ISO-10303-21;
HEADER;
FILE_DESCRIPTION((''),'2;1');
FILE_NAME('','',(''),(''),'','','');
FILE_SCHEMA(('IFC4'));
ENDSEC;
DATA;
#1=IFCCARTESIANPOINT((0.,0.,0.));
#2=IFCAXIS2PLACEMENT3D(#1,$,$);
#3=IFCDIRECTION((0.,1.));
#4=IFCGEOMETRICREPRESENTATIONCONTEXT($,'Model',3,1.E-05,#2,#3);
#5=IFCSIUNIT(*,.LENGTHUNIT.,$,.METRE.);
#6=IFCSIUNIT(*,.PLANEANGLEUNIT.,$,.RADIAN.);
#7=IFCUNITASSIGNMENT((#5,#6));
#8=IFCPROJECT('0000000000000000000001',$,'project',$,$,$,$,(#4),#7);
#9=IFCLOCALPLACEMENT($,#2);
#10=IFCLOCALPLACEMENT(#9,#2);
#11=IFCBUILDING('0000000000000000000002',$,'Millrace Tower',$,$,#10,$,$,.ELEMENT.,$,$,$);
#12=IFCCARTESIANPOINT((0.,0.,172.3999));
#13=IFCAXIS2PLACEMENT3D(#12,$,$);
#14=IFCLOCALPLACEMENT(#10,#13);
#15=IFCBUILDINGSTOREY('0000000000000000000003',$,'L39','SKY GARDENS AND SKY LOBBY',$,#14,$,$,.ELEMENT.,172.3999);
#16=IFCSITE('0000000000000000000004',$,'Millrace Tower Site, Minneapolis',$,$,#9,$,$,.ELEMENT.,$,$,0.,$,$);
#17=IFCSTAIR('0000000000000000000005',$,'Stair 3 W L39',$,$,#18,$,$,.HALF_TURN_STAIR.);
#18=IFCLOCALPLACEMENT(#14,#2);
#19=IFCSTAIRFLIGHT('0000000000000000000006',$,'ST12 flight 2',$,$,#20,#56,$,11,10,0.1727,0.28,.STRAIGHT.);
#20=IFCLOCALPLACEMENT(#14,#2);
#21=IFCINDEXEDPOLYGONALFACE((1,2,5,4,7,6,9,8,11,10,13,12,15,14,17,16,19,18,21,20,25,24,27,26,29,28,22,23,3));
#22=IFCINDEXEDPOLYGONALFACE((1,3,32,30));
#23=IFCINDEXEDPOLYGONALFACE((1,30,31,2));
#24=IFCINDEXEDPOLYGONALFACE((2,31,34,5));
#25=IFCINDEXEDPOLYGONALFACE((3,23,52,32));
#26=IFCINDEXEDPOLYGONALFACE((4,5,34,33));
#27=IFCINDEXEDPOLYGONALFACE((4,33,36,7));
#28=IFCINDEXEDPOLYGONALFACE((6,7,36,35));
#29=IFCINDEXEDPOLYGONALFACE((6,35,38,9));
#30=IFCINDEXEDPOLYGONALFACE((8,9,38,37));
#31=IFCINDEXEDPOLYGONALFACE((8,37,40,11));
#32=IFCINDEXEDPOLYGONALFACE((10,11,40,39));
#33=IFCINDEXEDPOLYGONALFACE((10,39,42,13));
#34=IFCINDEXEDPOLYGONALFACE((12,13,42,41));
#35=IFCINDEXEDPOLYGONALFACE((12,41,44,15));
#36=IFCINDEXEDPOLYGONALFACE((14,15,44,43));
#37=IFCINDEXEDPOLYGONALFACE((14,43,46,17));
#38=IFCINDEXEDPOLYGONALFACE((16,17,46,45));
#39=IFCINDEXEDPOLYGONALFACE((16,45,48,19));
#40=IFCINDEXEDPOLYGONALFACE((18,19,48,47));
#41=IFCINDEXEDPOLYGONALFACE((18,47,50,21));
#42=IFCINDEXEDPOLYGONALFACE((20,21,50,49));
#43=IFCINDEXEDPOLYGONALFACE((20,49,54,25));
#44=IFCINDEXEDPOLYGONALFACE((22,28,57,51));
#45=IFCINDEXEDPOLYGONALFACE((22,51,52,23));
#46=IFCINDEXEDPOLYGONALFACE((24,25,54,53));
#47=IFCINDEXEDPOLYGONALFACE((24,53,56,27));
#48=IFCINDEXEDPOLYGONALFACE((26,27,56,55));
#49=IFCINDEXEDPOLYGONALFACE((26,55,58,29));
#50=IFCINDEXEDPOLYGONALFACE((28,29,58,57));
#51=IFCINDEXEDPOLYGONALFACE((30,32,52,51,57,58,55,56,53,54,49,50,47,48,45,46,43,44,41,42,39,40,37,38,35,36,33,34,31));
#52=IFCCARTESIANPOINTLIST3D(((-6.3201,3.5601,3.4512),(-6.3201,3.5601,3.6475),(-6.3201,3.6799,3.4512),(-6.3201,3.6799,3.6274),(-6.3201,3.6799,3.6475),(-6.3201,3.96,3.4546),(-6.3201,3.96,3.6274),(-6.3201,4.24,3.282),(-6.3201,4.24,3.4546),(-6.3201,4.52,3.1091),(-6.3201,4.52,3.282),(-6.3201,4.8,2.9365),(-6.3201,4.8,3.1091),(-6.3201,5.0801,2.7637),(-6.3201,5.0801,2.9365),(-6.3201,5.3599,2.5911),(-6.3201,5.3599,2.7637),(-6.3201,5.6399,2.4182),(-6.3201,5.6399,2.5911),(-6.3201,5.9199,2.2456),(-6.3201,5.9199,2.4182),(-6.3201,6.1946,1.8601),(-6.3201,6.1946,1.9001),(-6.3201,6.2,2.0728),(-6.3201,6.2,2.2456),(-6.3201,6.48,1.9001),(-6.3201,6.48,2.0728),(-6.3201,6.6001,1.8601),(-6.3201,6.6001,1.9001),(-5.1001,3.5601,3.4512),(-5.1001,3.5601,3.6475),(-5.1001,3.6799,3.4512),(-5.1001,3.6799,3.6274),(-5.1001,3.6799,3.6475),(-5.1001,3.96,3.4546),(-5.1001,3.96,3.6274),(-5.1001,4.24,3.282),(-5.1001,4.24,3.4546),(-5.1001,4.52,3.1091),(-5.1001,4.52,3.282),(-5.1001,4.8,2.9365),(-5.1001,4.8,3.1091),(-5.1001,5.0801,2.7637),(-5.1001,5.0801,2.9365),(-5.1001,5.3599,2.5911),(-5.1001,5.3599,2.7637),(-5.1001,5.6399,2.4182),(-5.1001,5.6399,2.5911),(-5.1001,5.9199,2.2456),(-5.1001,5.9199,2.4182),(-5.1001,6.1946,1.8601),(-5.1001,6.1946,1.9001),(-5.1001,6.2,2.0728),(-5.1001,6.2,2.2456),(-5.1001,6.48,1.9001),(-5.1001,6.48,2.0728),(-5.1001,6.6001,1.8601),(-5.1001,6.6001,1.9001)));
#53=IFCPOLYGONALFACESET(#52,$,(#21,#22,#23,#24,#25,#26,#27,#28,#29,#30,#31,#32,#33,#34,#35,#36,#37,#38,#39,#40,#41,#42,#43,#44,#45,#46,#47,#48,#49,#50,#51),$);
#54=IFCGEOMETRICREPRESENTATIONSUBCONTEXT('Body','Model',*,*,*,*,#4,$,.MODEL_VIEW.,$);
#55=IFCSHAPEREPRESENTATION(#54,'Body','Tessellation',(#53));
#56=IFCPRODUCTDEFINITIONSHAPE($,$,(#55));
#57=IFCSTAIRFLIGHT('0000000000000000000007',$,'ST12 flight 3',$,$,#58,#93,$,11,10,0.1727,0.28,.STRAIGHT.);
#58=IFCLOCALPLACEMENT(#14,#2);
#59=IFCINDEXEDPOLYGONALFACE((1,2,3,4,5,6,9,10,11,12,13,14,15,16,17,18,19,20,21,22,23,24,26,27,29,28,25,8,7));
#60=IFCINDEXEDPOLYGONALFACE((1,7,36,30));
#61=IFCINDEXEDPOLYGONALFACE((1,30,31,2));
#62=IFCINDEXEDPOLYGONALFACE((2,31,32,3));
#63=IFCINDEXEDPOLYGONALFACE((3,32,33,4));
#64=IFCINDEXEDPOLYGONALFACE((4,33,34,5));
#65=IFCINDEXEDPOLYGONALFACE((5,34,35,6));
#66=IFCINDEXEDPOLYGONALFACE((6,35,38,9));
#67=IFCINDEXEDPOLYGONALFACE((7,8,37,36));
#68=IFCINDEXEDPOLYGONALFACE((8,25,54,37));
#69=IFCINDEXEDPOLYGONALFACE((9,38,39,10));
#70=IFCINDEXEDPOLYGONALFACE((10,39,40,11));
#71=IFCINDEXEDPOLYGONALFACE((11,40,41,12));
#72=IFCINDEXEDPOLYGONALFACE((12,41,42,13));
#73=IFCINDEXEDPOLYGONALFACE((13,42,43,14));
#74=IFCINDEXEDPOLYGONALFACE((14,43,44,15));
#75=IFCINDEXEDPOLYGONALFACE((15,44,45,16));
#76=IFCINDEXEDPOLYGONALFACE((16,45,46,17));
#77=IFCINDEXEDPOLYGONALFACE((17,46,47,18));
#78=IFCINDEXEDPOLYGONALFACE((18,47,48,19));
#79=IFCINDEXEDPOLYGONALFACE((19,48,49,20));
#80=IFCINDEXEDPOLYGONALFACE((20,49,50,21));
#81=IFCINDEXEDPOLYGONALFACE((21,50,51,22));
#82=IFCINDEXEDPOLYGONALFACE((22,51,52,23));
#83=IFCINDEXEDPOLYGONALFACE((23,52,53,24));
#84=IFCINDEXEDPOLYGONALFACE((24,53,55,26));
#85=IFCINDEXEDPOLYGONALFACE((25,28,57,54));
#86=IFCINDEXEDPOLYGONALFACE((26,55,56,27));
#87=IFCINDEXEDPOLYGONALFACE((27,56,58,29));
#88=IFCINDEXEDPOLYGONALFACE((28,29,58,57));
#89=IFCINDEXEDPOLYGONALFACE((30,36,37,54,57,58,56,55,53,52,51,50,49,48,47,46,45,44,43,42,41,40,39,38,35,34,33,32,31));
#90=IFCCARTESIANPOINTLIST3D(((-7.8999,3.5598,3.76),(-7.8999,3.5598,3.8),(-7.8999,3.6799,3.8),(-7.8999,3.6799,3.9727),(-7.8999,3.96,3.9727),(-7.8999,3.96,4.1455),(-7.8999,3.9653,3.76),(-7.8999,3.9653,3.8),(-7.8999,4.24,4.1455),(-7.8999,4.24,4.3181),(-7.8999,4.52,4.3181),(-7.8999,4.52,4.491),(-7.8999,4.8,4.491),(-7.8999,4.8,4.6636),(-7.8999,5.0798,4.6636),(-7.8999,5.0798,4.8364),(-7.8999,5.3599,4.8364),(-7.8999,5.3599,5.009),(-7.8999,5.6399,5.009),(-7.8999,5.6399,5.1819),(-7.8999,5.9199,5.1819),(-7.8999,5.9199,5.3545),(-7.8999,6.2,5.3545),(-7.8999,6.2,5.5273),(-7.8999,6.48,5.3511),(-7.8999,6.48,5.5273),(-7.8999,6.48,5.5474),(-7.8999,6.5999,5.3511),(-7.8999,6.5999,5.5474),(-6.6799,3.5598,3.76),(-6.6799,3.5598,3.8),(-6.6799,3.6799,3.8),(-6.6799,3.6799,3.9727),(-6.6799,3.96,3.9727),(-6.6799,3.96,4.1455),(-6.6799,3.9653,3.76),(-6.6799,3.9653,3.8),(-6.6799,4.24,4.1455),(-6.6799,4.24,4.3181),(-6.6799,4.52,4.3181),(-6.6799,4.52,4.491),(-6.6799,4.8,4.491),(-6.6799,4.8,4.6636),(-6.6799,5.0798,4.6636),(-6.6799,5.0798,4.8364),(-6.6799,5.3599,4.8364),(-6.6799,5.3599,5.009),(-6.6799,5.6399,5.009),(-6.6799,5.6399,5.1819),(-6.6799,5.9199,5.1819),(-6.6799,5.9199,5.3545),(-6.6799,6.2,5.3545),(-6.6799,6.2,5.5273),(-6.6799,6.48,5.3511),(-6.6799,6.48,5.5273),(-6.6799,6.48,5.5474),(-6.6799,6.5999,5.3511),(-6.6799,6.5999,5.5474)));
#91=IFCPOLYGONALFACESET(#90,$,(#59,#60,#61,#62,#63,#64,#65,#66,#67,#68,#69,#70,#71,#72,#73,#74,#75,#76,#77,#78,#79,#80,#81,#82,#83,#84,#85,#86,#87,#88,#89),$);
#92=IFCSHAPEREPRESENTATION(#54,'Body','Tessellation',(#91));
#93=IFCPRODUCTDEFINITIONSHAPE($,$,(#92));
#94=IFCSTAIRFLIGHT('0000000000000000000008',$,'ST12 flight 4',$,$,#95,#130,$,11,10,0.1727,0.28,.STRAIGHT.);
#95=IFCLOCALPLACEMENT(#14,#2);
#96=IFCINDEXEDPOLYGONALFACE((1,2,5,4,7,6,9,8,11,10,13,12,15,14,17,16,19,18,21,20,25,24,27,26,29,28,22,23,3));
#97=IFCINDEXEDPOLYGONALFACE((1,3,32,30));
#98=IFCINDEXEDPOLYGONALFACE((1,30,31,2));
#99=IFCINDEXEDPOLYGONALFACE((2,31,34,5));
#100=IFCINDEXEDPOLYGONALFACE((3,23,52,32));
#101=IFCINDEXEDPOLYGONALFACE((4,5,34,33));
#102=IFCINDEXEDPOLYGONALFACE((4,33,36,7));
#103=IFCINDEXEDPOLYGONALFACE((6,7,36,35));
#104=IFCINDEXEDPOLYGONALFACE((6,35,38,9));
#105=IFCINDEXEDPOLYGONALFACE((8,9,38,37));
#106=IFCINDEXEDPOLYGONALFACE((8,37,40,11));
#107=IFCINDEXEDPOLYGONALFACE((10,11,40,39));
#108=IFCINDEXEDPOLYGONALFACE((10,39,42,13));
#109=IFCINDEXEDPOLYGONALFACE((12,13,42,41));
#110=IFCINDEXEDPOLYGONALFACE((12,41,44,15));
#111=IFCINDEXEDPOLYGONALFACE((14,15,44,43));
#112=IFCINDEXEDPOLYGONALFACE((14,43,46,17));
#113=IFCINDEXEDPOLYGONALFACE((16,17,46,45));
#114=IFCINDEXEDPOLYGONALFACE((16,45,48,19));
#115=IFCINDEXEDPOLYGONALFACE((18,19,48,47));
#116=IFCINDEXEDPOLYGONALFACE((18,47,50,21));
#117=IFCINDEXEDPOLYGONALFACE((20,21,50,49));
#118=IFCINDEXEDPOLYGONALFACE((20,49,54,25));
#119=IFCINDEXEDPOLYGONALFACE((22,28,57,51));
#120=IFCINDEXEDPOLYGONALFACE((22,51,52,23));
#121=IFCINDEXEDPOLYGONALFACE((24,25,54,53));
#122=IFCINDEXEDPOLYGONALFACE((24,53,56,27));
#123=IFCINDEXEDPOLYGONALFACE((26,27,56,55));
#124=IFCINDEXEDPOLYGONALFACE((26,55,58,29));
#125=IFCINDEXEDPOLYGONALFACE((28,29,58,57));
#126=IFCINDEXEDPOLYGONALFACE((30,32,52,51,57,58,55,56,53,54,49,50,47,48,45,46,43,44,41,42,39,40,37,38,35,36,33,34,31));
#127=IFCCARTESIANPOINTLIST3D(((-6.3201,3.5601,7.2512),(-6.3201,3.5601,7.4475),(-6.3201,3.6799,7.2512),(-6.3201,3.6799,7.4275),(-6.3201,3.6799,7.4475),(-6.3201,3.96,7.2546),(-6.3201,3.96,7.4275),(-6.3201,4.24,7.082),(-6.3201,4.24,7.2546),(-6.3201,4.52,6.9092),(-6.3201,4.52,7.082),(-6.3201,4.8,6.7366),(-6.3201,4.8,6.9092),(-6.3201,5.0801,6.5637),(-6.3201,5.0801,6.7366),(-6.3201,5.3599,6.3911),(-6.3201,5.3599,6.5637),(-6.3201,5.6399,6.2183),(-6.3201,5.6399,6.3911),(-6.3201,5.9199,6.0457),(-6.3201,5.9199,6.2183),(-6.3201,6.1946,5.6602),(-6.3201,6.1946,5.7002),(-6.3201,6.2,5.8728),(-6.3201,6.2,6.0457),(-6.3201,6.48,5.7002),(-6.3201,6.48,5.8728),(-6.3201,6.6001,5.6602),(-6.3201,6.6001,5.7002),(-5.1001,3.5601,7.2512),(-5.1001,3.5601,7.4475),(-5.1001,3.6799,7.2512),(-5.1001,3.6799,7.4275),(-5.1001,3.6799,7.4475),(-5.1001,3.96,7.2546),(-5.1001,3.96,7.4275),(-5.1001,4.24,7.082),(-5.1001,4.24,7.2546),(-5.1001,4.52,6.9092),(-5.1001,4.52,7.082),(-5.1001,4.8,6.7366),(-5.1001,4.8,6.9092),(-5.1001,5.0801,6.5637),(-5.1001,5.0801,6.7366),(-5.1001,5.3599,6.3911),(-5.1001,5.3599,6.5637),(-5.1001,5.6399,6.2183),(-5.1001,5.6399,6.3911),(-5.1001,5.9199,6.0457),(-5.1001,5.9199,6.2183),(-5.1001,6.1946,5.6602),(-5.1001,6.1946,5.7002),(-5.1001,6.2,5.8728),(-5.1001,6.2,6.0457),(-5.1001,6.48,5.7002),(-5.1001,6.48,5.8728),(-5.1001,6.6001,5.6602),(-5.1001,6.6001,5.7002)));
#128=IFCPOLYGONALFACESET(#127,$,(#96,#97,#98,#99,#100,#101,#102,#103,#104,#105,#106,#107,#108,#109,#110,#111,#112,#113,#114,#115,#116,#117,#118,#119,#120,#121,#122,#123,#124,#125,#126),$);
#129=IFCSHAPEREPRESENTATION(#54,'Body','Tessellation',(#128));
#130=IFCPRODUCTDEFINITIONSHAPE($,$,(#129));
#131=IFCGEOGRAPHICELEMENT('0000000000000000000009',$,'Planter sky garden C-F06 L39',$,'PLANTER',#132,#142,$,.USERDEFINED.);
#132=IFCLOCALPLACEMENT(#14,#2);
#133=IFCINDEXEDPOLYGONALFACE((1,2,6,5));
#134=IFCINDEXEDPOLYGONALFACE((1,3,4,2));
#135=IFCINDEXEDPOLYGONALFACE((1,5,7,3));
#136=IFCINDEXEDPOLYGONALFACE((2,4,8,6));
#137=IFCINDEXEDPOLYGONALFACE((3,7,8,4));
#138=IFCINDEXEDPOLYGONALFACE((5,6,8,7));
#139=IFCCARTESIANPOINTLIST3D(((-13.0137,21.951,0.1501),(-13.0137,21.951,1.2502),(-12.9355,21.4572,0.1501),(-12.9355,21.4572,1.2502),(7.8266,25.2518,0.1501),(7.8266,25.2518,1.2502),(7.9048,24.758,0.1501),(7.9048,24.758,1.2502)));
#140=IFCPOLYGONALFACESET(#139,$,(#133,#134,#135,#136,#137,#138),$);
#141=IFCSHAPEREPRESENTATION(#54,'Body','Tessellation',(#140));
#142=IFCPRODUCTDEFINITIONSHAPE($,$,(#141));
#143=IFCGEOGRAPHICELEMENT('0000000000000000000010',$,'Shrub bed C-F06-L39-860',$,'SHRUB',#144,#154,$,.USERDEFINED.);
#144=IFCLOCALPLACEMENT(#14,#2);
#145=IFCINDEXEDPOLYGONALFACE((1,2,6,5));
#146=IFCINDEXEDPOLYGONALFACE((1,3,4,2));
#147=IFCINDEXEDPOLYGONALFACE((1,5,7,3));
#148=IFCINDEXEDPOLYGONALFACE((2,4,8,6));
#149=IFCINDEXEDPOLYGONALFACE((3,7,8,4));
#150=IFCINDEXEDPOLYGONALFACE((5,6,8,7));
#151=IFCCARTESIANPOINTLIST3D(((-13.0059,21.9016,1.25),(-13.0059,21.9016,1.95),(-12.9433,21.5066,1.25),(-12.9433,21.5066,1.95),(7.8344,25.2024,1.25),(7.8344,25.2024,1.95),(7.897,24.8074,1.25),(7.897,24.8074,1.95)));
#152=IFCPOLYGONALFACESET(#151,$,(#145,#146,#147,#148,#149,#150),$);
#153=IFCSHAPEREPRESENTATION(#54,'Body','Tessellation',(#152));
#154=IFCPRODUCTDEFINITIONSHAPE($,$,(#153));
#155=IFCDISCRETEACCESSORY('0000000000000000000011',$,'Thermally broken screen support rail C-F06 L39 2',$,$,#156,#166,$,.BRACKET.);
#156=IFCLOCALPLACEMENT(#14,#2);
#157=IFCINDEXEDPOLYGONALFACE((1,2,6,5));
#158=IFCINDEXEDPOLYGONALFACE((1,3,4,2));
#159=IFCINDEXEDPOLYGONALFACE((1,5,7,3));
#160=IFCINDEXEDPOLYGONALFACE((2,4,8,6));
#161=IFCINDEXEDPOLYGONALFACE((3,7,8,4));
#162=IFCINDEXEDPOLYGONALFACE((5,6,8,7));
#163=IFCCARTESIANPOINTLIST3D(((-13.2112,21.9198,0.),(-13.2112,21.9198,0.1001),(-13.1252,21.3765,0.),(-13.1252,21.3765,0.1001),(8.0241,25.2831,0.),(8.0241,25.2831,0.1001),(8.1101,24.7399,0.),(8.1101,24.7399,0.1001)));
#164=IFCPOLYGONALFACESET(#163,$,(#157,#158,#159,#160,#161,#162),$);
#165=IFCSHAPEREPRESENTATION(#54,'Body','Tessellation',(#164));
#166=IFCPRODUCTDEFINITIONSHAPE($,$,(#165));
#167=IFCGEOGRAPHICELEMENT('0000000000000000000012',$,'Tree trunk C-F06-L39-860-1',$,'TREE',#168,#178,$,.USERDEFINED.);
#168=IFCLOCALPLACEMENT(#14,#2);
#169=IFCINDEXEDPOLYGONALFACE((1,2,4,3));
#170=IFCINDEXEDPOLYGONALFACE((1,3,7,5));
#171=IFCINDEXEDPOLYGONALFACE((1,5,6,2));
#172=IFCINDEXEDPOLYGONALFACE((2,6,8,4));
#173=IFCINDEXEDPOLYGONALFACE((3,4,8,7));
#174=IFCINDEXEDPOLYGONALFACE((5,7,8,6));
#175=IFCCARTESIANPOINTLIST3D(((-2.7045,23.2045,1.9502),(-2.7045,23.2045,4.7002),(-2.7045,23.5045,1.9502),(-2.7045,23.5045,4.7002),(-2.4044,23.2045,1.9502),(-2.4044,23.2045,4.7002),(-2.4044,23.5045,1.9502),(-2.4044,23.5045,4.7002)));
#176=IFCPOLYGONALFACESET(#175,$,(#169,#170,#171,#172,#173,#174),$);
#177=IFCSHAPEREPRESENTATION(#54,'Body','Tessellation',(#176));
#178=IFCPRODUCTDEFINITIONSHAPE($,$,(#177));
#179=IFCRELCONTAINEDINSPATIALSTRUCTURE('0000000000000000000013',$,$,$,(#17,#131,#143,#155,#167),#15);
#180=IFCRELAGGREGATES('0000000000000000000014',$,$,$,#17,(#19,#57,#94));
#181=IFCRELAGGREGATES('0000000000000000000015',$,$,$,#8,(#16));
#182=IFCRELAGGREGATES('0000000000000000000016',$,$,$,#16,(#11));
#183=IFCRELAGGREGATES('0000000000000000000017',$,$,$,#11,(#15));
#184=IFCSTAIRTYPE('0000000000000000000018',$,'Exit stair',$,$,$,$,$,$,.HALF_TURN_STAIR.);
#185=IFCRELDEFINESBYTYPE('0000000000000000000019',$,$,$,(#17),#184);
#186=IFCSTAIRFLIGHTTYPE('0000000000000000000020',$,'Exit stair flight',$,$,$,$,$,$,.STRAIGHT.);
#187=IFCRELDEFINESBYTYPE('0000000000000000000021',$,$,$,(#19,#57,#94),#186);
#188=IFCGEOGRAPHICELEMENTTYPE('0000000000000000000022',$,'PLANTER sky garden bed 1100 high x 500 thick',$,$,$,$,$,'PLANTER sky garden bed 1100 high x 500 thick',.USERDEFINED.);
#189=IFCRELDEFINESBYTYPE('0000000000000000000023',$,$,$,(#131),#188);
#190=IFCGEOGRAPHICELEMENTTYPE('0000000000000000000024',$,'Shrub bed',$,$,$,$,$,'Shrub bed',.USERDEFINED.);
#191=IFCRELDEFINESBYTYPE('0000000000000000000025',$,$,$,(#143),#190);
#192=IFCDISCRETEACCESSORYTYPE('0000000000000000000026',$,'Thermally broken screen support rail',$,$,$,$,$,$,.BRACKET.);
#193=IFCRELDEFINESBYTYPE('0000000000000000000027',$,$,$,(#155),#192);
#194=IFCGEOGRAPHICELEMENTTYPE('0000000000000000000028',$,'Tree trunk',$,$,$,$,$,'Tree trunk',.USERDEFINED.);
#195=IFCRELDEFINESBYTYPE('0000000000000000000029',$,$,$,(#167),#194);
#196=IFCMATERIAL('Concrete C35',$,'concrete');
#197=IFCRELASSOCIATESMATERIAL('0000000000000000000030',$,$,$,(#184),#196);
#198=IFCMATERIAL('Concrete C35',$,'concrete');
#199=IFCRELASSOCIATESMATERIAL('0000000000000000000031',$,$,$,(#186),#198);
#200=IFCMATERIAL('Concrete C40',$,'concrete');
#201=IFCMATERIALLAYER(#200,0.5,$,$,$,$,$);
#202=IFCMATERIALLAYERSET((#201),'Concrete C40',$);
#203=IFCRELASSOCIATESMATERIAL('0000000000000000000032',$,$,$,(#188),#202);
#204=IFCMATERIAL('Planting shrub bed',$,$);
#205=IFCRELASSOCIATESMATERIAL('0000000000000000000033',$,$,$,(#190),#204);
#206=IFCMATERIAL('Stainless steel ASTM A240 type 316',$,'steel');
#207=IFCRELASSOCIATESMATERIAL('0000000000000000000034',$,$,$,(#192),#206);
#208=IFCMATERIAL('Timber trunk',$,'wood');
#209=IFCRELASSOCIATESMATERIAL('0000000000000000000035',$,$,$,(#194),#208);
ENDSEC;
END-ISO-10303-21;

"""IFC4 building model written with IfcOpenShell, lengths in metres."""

from ifc_helpers import new_model, si_unit, direction, frame, origin, origin_2d, place, context, subcontext, project, spatial, polyline, rectangle, outline, extrude, material, layer, layer_set, type_object, element, aggregate, save


model = new_model("IFC4")

# Units and contexts
model_context = context("Model", 3, precision=1e-05, world=origin(), true_north=direction((0.0, 1.0)))
body_context = subcontext(model_context, "Body", "Model", "MODEL_VIEW")
ifc_project = project(units=[si_unit("LENGTHUNIT", "METRE"), si_unit("PLANEANGLEUNIT", "RADIAN")], contexts=[model_context])

# Site, building, storey
site_placement = place(None, origin())
site = spatial("IfcSite", under=ifc_project, at=site_placement, Name="Millrace Tower Site, Minneapolis", CompositionType="ELEMENT", RefElevation=0.0)
building_placement = place(site_placement, origin())
building = spatial("IfcBuilding", under=site, at=building_placement, Name="Millrace Tower", CompositionType="ELEMENT")
storey_placement = place(building_placement, frame((0.0, 0.0, 172.3999)))
storey = spatial("IfcBuildingStorey", under=building, at=storey_placement, Name="L39", Description="SKY GARDENS AND SKY LOBBY", CompositionType="ELEMENT", Elevation=172.3999)

# Shared definitions
placement = place(storey_placement, origin())

# Stair, stair flights
ifc_material_1 = material(Name="Concrete C35", Category="concrete")
stair_type = type_object("IfcStairType", Name="Exit stair", PredefinedType="HALF_TURN_STAIR", material=ifc_material_1)
ifc_material_2 = material(Name="Concrete C35", Category="concrete")
stair_flight_type = type_object("IfcStairFlightType", Name="Exit stair flight", PredefinedType="STRAIGHT", material=ifc_material_2)
stair_1 = element("IfcStair", 1, at=placement, inside=storey, type_object=stair_type, Name="Stair 3 W L39", PredefinedType="HALF_TURN_STAIR")
stair_flight_1_placement = place(storey_placement, frame((-5.71, 6.48, 1.9001), z_axis=(0.0, 0.0, 1.0), x_axis=(0.0, -1.0, 0.0)))
stair_flight_1 = element("IfcStairFlight", 2, at=stair_flight_1_placement, type_object=stair_flight_type, Name="ST12 flight 2", NumberOfRisers=11, NumberOfTreads=10, PredefinedType="STRAIGHT", RiserHeight=0.1727, TreadLength=0.28, context=body_context, shape_type="SweptSolid", body=[
    extrude(outline(polyline([(-0.1201, -0.04), (-0.1201, 0.0), (0.0, 0.0), (0.0, 0.1726), (0.28, 0.1726), (0.28, 0.3455), (0.5601, 0.3455), (0.5601, 0.5181), (0.8401, 0.5181), (0.8401, 0.6909), (1.1201, 0.6909), (1.1201, 0.8635), (1.3999, 0.8635), (1.3999, 1.0364), (1.6799, 1.0364), (1.6799, 1.209), (1.96, 1.209), (1.96, 1.3818), (2.24, 1.3818), (2.24, 1.5544), (2.52, 1.5544), (2.52, 1.7273), (2.8, 1.7273), (2.8, 1.7473), (2.9199, 1.7473), (2.9199, 1.551), (2.8, 1.551), (0.2854, 0.0), (0.2854, -0.04), (-0.1201, -0.04)])), frame((0.0, 0.6099, 0.0), z_axis=(0.0, -1.0, 0.0), x_axis=(1.0, 0.0, 0.0)), (0.0, 0.0, 1.0), 1.22),
])
stair_flight_2_placement = place(storey_placement, frame((-7.29, 3.6799, 3.8), z_axis=(0.0, 0.0, 1.0), x_axis=(0.0, 1.0, 0.0)))
stair_flight_2 = element("IfcStairFlight", 3, at=stair_flight_2_placement, type_object=stair_flight_type, Name="ST12 flight 3", NumberOfRisers=11, NumberOfTreads=10, PredefinedType="STRAIGHT", RiserHeight=0.1727, TreadLength=0.28, context=body_context, shape_type="SweptSolid", body=[
    extrude(outline(polyline([(-0.1201, -0.04), (-0.1201, 0.0), (0.0, 0.0), (0.0, 0.1726), (0.28, 0.1726), (0.28, 0.3455), (0.5601, 0.3455), (0.5601, 0.5181), (0.8401, 0.5181), (0.8401, 0.6909), (1.1201, 0.6909), (1.1201, 0.8635), (1.3999, 0.8635), (1.3999, 1.0364), (1.6799, 1.0364), (1.6799, 1.209), (1.96, 1.209), (1.96, 1.3818), (2.24, 1.3818), (2.24, 1.5544), (2.52, 1.5544), (2.52, 1.7273), (2.8, 1.7273), (2.8, 1.7473), (2.9199, 1.7473), (2.9199, 1.551), (2.8, 1.551), (0.2854, 0.0), (0.2854, -0.04), (-0.1201, -0.04)])), frame((0.0, 0.6099, 0.0), z_axis=(0.0, -1.0, 0.0), x_axis=(1.0, 0.0, 0.0)), (0.0, 0.0, 1.0), 1.22),
])
stair_flight_3_placement = place(storey_placement, frame((-5.71, 6.48, 5.7002), z_axis=(0.0, 0.0, 1.0), x_axis=(0.0, -1.0, 0.0)))
stair_flight_3 = element("IfcStairFlight", 4, at=stair_flight_3_placement, type_object=stair_flight_type, Name="ST12 flight 4", NumberOfRisers=11, NumberOfTreads=10, PredefinedType="STRAIGHT", RiserHeight=0.1727, TreadLength=0.28, context=body_context, shape_type="SweptSolid", body=[
    extrude(outline(polyline([(-0.1201, -0.04), (-0.1201, 0.0), (0.0, 0.0), (0.0, 0.1726), (0.28, 0.1726), (0.28, 0.3455), (0.5601, 0.3455), (0.5601, 0.5181), (0.8401, 0.5181), (0.8401, 0.6909), (1.1201, 0.6909), (1.1201, 0.8635), (1.3999, 0.8635), (1.3999, 1.0364), (1.6799, 1.0364), (1.6799, 1.209), (1.96, 1.209), (1.96, 1.3818), (2.24, 1.3818), (2.24, 1.5544), (2.52, 1.5544), (2.52, 1.7273), (2.8, 1.7273), (2.8, 1.7473), (2.9199, 1.7473), (2.9199, 1.551), (2.8, 1.551), (0.2854, 0.0), (0.2854, -0.04), (-0.1201, -0.04)])), frame((0.0, 0.6099, 0.0), z_axis=(0.0, -1.0, 0.0), x_axis=(1.0, 0.0, 0.0)), (0.0, 0.0, 1.0), 1.22),
])
aggregate(stair_1, [stair_flight_1, stair_flight_2, stair_flight_3])

# Geographic elements
ifc_material_3 = material(Name="Concrete C40", Category="concrete")
ifc_layer_1 = layer(ifc_material_3, 0.5)
ifc_layer_set_1 = layer_set([ifc_layer_1], Name="Concrete C40")
geographic_element_type_1 = type_object("IfcGeographicElementType", Name="PLANTER sky garden bed 1100 high x 500 thick", ElementType="PLANTER sky garden bed 1100 high x 500 thick", PredefinedType="USERDEFINED", material=ifc_layer_set_1)
geographic_element_1_placement = place(storey_placement, frame((-2.5544, 23.3545, 0.1501), z_axis=(0.0, 0.0, 1.0), x_axis=(-0.987688, -0.156434, 0.0)))
element("IfcGeographicElement", 5, at=geographic_element_1_placement, inside=storey, type_object=geographic_element_type_1, Name="Planter sky garden C-F06 L39", ObjectType="PLANTER", PredefinedType="USERDEFINED", context=body_context, shape_type="SweptSolid", body=[
    extrude(rectangle(XDim=21.1001, YDim=0.5, at=origin_2d()), origin(), (0.0, 0.0, 1.0), 1.1001),
])
ifc_material_4 = material(Name="Planting shrub bed")
geographic_element_type_2 = type_object("IfcGeographicElementType", Name="Shrub bed", ElementType="Shrub bed", PredefinedType="USERDEFINED", material=ifc_material_4)
geographic_element_2_placement = place(storey_placement, frame((-2.5544, 23.3545, 1.25), z_axis=(0.0, 0.0, 1.0), x_axis=(-0.987688, -0.156434, 0.0)))
element("IfcGeographicElement", 6, at=geographic_element_2_placement, inside=storey, type_object=geographic_element_type_2, Name="Shrub bed C-F06-L39-860", ObjectType="SHRUB", PredefinedType="USERDEFINED", context=body_context, shape_type="SweptSolid", body=[
    extrude(rectangle(XDim=21.1001, YDim=0.3999, at=origin_2d()), origin(), (0.0, 0.0, 1.0), 0.7),
])

# Discrete accessory
ifc_material_5 = material(Name="Stainless steel ASTM A240 type 316", Category="steel")
discrete_accessory_type = type_object("IfcDiscreteAccessoryType", Name="Thermally broken screen support rail", PredefinedType="BRACKET", material=ifc_material_5)
discrete_accessory_placement = place(storey_placement, frame((-2.5505, 23.3298, 0.0), z_axis=(0.0, 0.0, 1.0), x_axis=(-0.987688, -0.156434, 0.0)))
element("IfcDiscreteAccessory", 7, at=discrete_accessory_placement, inside=storey, type_object=discrete_accessory_type, Name="Thermally broken screen support rail C-F06 L39 2", PredefinedType="BRACKET", context=body_context, shape_type="SweptSolid", body=[
    extrude(rectangle(XDim=21.5, YDim=0.55, at=origin_2d()), origin(), (0.0, 0.0, 1.0), 0.1001),
])

# Geographic element
ifc_material_6 = material(Name="Timber trunk", Category="wood")
geographic_element_type_3 = type_object("IfcGeographicElementType", Name="Tree trunk", ElementType="Tree trunk", PredefinedType="USERDEFINED", material=ifc_material_6)
for number, where, z_axis, x_axis, name in (
    (8, (-2.5544, 23.3545, 1.9502), (0.0, 0.0, 1.0), (1.0, 0.0, 0.0), "Tree trunk C-F06-L39-860-1"),
):
    element("IfcGeographicElement", number, at=place(storey_placement, frame(where, z_axis=z_axis, x_axis=x_axis)), inside=storey, type_object=geographic_element_type_3, Name=name, ObjectType="TREE", PredefinedType="USERDEFINED", context=body_context, shape_type="SweptSolid", body=[
        extrude(rectangle(XDim=0.3, YDim=0.3, at=origin_2d()), origin(), (0.0, 0.0, 1.0), 2.75),
    ])

save(model, "model.ifc")
